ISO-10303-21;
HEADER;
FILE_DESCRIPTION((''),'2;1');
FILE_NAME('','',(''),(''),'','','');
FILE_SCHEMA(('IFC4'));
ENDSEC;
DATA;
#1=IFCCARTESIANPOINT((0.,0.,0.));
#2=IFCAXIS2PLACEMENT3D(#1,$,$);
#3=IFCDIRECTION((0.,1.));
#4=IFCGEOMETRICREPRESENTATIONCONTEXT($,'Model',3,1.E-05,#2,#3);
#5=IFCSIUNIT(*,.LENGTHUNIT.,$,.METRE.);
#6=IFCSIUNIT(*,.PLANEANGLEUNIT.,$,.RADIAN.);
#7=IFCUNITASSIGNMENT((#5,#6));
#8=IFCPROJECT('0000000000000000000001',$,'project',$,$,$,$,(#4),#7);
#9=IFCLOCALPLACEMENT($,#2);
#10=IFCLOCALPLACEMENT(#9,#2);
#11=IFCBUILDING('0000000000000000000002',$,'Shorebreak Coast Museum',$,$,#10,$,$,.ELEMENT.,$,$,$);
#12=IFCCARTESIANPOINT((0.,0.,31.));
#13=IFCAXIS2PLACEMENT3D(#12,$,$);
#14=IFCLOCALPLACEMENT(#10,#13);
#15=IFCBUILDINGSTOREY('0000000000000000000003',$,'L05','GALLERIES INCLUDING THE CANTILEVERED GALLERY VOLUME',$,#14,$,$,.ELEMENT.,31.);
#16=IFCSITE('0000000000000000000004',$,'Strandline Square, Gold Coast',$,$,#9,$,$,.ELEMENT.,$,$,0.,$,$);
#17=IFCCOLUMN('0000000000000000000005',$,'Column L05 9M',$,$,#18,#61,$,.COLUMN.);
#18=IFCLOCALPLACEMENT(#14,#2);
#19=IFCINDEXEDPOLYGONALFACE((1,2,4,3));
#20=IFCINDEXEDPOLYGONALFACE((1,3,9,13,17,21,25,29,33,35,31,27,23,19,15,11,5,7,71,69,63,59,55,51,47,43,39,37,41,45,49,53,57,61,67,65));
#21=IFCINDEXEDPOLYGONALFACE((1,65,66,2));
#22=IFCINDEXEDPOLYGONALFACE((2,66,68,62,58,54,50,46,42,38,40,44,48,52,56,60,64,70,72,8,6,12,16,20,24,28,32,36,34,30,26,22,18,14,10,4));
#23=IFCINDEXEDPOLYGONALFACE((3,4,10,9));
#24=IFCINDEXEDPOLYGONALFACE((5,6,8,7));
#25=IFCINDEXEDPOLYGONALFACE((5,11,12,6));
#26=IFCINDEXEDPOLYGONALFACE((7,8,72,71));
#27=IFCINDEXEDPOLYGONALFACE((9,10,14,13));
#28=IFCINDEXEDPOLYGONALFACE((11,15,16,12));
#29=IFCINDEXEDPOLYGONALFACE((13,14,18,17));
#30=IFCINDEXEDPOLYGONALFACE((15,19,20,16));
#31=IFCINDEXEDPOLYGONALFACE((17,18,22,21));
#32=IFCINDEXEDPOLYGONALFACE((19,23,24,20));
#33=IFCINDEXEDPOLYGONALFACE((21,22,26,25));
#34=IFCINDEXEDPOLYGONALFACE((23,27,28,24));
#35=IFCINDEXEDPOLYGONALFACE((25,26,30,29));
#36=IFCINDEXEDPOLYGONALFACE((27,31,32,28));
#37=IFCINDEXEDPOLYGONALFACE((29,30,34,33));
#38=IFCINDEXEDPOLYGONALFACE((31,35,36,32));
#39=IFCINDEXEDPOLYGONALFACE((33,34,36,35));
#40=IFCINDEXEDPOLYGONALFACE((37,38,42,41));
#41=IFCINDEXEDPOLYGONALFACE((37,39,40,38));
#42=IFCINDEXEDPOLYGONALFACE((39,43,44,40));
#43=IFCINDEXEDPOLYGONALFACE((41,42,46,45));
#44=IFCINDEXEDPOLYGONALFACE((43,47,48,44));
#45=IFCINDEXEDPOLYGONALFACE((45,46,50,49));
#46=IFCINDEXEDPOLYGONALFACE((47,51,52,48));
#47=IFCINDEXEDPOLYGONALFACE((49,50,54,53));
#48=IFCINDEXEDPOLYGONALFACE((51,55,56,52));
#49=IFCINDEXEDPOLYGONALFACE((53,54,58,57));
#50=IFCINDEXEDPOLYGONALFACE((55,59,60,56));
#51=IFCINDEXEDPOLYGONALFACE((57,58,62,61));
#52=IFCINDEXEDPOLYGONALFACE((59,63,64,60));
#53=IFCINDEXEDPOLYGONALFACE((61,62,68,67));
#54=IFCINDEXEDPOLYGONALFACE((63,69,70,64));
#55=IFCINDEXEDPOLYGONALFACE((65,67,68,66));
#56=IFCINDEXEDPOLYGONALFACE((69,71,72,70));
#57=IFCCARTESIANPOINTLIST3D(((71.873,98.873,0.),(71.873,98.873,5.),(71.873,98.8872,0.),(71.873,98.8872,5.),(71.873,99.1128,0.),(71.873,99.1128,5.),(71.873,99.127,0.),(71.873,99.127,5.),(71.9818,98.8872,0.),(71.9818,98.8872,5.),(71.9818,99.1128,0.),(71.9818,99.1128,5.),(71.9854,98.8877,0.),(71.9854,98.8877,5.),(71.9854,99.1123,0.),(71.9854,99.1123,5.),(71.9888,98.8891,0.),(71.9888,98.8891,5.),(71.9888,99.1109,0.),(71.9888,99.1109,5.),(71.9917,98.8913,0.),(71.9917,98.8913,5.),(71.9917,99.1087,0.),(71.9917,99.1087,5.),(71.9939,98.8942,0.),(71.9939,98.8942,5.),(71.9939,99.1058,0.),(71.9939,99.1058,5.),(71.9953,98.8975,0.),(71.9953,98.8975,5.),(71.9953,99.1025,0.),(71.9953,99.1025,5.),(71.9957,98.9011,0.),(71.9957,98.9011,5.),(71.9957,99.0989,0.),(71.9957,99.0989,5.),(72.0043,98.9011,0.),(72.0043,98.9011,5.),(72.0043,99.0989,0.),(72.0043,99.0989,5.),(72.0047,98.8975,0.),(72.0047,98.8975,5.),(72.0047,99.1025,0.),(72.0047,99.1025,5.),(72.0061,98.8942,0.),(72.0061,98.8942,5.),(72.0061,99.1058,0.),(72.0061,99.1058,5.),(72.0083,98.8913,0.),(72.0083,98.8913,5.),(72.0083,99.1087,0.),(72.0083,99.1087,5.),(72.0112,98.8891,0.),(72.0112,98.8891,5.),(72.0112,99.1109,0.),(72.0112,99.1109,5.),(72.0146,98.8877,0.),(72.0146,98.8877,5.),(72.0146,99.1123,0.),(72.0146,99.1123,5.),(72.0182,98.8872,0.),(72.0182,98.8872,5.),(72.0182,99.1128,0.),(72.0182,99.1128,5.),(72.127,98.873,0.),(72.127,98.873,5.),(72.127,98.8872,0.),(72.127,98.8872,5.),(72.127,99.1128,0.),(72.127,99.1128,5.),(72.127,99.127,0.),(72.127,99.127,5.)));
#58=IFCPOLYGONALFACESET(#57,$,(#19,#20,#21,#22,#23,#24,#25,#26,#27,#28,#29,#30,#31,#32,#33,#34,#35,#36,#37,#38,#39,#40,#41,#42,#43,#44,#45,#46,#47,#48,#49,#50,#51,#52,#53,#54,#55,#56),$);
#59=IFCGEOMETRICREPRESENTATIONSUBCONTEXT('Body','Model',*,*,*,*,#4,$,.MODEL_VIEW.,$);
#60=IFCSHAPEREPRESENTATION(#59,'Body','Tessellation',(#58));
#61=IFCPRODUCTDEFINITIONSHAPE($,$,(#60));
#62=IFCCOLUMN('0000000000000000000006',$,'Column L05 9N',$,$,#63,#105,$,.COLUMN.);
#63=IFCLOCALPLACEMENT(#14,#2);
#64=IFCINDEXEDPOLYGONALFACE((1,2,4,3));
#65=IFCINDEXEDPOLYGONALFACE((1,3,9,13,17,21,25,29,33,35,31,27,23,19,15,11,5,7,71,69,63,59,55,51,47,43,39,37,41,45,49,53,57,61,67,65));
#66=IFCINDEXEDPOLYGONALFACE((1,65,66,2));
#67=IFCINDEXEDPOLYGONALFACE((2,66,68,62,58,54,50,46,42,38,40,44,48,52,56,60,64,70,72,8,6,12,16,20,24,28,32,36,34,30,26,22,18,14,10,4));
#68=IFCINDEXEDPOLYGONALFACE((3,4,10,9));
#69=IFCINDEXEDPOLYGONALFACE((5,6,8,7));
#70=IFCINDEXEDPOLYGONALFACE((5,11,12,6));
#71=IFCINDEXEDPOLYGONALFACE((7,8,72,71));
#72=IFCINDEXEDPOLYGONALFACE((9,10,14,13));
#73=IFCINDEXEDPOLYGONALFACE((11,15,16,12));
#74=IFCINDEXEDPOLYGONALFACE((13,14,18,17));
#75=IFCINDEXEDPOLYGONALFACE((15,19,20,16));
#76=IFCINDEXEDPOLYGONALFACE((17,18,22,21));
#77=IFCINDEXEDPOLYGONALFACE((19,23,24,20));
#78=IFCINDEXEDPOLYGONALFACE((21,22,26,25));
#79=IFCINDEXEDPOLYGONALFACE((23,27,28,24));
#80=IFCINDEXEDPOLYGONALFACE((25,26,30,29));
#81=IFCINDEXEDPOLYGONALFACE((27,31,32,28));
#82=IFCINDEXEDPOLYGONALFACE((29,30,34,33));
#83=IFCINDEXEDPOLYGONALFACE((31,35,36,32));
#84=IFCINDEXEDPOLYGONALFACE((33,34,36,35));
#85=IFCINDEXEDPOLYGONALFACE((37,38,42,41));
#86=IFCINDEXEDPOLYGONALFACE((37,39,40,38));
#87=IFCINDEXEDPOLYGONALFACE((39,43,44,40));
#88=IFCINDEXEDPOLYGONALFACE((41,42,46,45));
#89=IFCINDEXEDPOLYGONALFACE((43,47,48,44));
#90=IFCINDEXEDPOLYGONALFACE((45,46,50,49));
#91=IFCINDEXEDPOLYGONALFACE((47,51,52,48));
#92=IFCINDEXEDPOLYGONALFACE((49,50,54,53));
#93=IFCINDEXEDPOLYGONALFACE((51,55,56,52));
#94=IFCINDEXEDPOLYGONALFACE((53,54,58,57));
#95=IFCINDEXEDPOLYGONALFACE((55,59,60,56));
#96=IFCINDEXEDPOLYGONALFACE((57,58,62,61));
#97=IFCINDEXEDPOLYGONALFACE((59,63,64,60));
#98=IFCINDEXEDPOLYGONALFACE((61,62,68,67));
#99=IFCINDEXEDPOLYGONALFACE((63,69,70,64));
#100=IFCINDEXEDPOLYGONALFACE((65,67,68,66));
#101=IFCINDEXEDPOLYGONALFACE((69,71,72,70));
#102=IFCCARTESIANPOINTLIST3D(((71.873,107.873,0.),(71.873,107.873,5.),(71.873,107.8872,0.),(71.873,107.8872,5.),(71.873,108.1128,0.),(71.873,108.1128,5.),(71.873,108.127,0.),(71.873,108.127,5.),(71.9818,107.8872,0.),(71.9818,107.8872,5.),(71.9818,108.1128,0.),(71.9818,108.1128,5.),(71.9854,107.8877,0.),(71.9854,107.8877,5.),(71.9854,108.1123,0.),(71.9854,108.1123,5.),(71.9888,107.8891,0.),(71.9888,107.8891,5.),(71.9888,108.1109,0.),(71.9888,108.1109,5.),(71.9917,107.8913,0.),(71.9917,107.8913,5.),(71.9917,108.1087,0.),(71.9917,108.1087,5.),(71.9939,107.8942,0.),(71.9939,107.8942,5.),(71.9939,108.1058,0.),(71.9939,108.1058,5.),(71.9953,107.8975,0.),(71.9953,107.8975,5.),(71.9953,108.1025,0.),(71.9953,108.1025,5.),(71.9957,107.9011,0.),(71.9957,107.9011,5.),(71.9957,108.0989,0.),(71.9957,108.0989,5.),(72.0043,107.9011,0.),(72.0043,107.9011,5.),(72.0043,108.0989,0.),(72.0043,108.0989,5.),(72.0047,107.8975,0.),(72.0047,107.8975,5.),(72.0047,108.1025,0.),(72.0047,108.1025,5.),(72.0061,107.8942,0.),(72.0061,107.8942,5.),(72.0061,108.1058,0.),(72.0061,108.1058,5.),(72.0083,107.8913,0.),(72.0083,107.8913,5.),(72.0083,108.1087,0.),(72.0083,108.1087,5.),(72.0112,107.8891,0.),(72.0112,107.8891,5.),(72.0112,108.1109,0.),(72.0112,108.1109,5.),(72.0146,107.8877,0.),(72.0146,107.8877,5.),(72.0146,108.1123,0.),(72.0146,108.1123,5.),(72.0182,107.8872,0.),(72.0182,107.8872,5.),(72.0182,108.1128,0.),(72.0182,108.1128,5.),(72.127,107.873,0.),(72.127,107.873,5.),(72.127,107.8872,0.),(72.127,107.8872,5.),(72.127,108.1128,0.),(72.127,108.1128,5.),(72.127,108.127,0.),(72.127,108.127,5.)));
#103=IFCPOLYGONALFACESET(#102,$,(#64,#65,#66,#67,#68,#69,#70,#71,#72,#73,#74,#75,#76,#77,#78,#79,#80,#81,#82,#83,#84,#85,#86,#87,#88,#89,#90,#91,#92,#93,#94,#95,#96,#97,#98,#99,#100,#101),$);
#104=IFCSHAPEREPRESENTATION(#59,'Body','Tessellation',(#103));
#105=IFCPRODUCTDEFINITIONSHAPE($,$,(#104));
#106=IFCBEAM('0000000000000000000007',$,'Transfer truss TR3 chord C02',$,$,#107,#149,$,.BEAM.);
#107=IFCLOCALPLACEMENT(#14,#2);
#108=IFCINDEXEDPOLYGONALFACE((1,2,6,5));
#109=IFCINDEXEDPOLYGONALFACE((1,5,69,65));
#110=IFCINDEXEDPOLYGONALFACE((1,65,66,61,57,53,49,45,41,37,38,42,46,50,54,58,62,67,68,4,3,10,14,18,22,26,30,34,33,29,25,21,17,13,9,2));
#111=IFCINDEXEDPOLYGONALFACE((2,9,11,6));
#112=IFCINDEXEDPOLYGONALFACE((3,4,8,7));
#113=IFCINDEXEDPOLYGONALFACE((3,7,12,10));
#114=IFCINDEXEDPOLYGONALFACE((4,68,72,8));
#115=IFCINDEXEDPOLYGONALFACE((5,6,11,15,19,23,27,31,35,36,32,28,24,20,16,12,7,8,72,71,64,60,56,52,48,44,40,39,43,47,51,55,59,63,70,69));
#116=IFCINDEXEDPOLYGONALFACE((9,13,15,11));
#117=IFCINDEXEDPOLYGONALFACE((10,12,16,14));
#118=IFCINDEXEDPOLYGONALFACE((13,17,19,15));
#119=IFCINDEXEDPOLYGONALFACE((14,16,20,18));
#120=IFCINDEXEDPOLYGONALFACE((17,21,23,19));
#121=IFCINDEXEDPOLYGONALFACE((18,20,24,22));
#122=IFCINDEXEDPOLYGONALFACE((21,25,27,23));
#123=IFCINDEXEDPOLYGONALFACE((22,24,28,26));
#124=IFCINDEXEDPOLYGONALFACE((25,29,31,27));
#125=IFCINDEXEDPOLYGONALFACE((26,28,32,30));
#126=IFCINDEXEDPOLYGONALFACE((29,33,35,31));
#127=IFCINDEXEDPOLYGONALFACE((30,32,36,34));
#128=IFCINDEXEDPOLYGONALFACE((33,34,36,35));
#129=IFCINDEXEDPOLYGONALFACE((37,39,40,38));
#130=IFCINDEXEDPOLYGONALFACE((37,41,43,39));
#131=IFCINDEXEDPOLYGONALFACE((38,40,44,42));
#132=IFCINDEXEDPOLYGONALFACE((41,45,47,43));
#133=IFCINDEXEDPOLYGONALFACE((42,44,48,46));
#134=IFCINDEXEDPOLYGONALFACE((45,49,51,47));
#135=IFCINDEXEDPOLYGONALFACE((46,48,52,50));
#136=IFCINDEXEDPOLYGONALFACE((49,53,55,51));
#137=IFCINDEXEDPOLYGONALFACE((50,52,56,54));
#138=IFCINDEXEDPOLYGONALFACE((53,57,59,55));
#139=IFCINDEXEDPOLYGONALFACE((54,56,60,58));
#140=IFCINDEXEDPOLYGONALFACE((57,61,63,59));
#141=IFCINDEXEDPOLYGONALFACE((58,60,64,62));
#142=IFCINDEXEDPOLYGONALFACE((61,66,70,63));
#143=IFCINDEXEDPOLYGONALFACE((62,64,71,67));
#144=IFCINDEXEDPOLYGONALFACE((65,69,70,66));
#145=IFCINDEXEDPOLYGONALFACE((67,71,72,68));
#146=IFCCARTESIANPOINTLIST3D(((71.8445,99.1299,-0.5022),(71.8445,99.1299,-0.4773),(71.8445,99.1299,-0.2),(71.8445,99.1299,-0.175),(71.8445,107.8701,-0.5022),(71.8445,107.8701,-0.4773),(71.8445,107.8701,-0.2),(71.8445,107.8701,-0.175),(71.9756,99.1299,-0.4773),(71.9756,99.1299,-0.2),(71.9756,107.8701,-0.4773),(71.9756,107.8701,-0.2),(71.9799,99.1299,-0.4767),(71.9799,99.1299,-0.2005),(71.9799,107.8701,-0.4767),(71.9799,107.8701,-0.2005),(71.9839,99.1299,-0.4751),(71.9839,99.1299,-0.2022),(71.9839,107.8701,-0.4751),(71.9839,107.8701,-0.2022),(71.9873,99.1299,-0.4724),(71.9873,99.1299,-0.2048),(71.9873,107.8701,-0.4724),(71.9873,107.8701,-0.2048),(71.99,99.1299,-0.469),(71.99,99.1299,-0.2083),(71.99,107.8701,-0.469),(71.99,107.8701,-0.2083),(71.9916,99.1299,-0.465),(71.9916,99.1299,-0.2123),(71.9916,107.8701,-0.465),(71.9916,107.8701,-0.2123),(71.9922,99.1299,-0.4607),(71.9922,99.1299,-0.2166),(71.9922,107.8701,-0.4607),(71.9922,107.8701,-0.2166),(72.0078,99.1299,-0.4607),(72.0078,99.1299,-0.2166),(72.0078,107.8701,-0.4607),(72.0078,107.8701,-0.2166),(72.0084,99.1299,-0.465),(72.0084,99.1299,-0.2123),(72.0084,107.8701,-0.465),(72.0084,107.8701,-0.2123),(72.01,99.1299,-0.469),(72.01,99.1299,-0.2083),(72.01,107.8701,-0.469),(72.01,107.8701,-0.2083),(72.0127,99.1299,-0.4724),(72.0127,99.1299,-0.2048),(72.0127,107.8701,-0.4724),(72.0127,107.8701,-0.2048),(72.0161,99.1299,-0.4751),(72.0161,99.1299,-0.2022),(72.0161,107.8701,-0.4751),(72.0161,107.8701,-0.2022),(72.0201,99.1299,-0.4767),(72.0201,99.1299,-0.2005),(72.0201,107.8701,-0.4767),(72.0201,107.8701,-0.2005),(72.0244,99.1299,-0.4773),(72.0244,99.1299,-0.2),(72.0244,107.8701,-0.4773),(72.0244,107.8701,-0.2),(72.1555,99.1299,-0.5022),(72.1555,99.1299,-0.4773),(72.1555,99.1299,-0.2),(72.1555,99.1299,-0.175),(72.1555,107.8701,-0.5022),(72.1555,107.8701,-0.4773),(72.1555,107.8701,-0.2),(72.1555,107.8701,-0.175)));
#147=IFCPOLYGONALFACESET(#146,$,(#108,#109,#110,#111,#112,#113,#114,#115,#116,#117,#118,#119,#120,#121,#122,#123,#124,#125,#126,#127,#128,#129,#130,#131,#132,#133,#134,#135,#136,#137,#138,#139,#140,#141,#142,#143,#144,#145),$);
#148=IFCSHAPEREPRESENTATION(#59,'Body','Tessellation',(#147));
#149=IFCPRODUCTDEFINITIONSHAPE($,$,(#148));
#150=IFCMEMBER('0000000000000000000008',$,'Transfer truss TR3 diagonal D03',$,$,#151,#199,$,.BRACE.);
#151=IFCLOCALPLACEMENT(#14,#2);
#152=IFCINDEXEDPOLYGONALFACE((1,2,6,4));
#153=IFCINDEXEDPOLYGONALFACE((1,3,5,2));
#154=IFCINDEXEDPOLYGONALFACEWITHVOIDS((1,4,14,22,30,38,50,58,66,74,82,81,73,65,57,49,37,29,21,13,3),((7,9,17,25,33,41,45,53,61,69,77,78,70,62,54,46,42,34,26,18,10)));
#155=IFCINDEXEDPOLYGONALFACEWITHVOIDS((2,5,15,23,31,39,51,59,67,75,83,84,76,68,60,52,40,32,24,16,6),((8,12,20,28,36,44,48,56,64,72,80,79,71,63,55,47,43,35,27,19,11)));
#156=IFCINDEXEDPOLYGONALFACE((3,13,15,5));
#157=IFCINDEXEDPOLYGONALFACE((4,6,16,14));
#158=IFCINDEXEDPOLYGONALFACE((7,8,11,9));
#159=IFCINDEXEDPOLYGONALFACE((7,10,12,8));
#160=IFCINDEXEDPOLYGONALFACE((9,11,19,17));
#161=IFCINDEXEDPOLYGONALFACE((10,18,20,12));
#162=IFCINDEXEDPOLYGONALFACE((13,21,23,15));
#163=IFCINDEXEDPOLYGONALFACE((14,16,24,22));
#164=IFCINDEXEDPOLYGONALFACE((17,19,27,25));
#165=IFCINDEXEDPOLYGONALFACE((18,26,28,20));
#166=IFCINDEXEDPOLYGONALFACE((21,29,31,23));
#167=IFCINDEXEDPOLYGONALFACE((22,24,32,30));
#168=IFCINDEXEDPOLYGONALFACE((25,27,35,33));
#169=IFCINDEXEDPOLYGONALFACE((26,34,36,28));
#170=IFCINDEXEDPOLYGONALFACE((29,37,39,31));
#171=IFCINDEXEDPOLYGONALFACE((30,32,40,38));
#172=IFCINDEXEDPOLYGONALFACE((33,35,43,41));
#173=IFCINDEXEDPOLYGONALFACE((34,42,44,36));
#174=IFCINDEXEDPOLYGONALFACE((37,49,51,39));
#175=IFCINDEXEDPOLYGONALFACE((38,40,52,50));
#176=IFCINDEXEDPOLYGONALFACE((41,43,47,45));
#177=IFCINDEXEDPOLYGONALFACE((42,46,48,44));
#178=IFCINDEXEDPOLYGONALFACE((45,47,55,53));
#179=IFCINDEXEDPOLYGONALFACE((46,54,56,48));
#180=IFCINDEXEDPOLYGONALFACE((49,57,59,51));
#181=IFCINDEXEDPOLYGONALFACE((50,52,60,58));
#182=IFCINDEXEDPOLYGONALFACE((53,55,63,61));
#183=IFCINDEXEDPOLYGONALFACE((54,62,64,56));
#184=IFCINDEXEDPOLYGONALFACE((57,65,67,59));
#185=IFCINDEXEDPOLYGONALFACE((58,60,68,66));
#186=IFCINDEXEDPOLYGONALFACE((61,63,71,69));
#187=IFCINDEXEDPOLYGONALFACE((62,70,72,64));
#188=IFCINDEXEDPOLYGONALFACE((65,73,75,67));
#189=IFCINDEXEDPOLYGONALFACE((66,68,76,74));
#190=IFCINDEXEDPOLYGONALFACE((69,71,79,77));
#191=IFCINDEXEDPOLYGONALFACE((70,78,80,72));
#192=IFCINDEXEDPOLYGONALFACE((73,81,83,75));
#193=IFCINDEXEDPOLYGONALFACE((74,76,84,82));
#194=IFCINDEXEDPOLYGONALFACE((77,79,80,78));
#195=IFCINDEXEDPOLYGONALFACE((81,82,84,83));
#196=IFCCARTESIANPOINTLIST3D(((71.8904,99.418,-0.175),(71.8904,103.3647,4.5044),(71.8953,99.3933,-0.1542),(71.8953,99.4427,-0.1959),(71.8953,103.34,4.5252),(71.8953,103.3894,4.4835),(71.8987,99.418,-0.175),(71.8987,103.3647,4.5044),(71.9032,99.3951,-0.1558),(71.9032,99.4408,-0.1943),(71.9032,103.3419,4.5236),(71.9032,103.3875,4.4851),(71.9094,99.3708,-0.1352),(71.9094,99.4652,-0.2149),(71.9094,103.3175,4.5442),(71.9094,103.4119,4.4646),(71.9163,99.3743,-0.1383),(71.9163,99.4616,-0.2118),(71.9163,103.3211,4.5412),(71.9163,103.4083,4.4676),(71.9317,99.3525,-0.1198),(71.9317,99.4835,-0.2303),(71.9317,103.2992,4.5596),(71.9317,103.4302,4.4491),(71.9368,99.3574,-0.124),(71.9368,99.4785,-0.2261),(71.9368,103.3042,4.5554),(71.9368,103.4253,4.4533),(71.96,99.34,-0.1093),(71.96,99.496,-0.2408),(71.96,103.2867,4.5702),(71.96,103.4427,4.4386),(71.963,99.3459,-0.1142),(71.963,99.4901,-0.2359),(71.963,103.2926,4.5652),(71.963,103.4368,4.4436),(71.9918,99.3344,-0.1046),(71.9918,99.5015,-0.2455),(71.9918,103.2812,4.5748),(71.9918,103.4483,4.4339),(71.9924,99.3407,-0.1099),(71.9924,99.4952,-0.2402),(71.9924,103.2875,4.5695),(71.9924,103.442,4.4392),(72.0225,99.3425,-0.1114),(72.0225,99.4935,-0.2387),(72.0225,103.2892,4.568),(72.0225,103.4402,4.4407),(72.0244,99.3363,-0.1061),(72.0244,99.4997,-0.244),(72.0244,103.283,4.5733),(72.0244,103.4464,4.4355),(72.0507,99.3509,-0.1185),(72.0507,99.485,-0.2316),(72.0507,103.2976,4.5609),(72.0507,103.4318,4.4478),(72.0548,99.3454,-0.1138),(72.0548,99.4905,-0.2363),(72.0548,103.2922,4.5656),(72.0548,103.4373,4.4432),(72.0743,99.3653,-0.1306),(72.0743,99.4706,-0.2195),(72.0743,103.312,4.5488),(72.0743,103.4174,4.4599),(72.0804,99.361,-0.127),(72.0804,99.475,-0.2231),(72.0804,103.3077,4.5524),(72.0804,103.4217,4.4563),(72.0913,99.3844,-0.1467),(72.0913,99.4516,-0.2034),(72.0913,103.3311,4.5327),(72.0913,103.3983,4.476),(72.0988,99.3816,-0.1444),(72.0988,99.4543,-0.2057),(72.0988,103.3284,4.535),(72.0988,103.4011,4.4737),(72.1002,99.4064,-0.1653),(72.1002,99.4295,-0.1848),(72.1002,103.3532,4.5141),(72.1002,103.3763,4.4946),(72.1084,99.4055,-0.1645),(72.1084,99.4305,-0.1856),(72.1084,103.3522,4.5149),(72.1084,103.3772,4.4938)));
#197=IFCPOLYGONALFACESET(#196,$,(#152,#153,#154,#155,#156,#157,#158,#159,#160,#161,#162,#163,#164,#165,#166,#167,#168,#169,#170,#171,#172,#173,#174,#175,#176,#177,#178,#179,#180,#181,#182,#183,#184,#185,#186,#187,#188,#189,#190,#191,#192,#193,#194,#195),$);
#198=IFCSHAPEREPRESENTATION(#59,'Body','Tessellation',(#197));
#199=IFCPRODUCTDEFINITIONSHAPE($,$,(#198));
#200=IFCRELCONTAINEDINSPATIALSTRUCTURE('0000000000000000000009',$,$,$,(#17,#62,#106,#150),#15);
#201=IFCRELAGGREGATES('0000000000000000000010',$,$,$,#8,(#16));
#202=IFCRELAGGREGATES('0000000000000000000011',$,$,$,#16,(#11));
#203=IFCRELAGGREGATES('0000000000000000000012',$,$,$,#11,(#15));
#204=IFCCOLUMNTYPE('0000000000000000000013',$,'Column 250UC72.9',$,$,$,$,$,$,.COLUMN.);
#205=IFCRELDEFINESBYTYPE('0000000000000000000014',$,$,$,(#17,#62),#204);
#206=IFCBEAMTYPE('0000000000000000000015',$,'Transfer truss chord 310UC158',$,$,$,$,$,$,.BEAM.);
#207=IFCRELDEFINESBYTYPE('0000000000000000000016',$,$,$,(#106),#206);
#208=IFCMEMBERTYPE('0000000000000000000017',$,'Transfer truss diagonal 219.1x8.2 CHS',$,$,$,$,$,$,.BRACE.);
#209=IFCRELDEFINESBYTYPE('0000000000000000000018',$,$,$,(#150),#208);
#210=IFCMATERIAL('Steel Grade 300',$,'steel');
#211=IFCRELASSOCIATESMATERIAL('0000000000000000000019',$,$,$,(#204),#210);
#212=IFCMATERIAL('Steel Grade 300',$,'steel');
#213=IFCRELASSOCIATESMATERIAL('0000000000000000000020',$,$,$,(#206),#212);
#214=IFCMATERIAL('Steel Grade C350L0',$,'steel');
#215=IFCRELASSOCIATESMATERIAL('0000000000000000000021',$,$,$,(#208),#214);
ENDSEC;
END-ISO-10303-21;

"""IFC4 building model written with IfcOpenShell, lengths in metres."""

from ifc_helpers import new_model, si_unit, direction, frame, origin, origin_2d, place, context, subcontext, project, spatial, hollow_circle, i_section, extrude, material, material_profile, profile_set, type_object, element, save


model = new_model("IFC4")

# Units and contexts
model_context = context("Model", 3, precision=1e-05, world=origin(), true_north=direction((0.0, 1.0)))
body_context = subcontext(model_context, "Body", "Model", "MODEL_VIEW")
ifc_project = project(units=[si_unit("LENGTHUNIT", "METRE"), si_unit("PLANEANGLEUNIT", "RADIAN")], contexts=[model_context])

# Site, building, storey
site_placement = place(None, origin())
site = spatial("IfcSite", under=ifc_project, at=site_placement, Name="Strandline Square, Gold Coast", CompositionType="ELEMENT", RefElevation=0.0)
building_placement = place(site_placement, origin())
building = spatial("IfcBuilding", under=site, at=building_placement, Name="Shorebreak Coast Museum", CompositionType="ELEMENT")
storey_placement = place(building_placement, frame((0.0, 0.0, 31.0)))
storey = spatial("IfcBuildingStorey", under=building, at=storey_placement, Name="L05", Description="GALLERIES INCLUDING THE CANTILEVERED GALLERY VOLUME", CompositionType="ELEMENT", Elevation=31.0)

# Columns
ifc_material_1 = material(Name="Steel Grade 300", Category="steel")
ifc_material_profile_1 = material_profile(ifc_material_1, i_section(OverallWidth=0.2539, OverallDepth=0.2539, WebThickness=0.0085, FlangeThickness=0.0142, FilletRadius=0.0139, at=origin_2d()), Name="250UC72.9")
ifc_profile_set_1 = profile_set([ifc_material_profile_1], Name="Steel Grade 300")
column_type = type_object("IfcColumnType", Name="Column 250UC72.9", PredefinedType="COLUMN", material=ifc_profile_set_1)
for number, where, z_axis, x_axis, name in (
    (1, (72.0, 99.0, 0.0), (0.0, 0.0, 1.0), (1.0, 0.0, 0.0), "Column L05 9M"),
    (2, (72.0, 108.0, 0.0), (0.0, 0.0, 1.0), (1.0, 0.0, 0.0), "Column L05 9N"),
):
    element("IfcColumn", number, at=place(storey_placement, frame(where, z_axis=z_axis, x_axis=x_axis)), inside=storey, type_object=column_type, Name=name, PredefinedType="COLUMN", context=body_context, shape_type="SweptSolid", body=[
        extrude(i_section(OverallWidth=0.2539, OverallDepth=0.2539, WebThickness=0.0085, FlangeThickness=0.0142, FilletRadius=0.0139, at=origin_2d()), origin(), (0.0, 0.0, 1.0), 5.0),
    ])

# Beam
ifc_material_2 = material(Name="Steel Grade 300", Category="steel")
ifc_material_profile_2 = material_profile(ifc_material_2, i_section(OverallWidth=0.311, OverallDepth=0.3271, WebThickness=0.0156, FlangeThickness=0.0249, FilletRadius=0.0166, at=origin_2d()), Name="310UC158")
ifc_profile_set_2 = profile_set([ifc_material_profile_2], Name="Steel Grade 300")
beam_type = type_object("IfcBeamType", Name="Transfer truss chord 310UC158", PredefinedType="BEAM", material=ifc_profile_set_2)
beam_placement = place(storey_placement, frame((72.0, 99.1299, -0.3386), z_axis=(0.0, 1.0, 0.0), x_axis=(-1.0, 0.0, 0.0)))
element("IfcBeam", 3, at=beam_placement, inside=storey, type_object=beam_type, Name="Transfer truss TR3 chord C02", PredefinedType="BEAM", context=body_context, shape_type="SweptSolid", body=[
    extrude(i_section(OverallWidth=0.311, OverallDepth=0.3271, WebThickness=0.0156, FlangeThickness=0.0249, FilletRadius=0.0166, at=origin_2d()), origin(), (0.0, 0.0, 1.0), 8.7402),
])

# Member
ifc_material_3 = material(Name="Steel Grade C350L0", Category="steel")
ifc_material_profile_3 = material_profile(ifc_material_3, hollow_circle(Radius=0.1096, WallThickness=0.0083, at=origin_2d()), Name="219.1x8.2 CHS")
ifc_profile_set_3 = profile_set([ifc_material_profile_3], Name="Steel Grade C350L0")
member_type_1 = type_object("IfcMemberType", Name="Transfer truss diagonal 219.1x8.2 CHS", PredefinedType="BRACE", material=ifc_profile_set_3)
member_1_placement = place(storey_placement, frame((72.0, 99.418, -0.175), z_axis=(0.0, 0.644728, 0.764412), x_axis=(-1.0, 0.0, 0.0)))
element("IfcMember", 4, at=member_1_placement, inside=storey, type_object=member_type_1, Name="Transfer truss TR3 diagonal D03", PredefinedType="BRACE", context=body_context, shape_type="SweptSolid", body=[
    extrude(hollow_circle(Radius=0.1096, WallThickness=0.0083, at=origin_2d()), origin(), (0.0, 0.0, 1.0), 6.1216),
])

save(model, "model.ifc")
